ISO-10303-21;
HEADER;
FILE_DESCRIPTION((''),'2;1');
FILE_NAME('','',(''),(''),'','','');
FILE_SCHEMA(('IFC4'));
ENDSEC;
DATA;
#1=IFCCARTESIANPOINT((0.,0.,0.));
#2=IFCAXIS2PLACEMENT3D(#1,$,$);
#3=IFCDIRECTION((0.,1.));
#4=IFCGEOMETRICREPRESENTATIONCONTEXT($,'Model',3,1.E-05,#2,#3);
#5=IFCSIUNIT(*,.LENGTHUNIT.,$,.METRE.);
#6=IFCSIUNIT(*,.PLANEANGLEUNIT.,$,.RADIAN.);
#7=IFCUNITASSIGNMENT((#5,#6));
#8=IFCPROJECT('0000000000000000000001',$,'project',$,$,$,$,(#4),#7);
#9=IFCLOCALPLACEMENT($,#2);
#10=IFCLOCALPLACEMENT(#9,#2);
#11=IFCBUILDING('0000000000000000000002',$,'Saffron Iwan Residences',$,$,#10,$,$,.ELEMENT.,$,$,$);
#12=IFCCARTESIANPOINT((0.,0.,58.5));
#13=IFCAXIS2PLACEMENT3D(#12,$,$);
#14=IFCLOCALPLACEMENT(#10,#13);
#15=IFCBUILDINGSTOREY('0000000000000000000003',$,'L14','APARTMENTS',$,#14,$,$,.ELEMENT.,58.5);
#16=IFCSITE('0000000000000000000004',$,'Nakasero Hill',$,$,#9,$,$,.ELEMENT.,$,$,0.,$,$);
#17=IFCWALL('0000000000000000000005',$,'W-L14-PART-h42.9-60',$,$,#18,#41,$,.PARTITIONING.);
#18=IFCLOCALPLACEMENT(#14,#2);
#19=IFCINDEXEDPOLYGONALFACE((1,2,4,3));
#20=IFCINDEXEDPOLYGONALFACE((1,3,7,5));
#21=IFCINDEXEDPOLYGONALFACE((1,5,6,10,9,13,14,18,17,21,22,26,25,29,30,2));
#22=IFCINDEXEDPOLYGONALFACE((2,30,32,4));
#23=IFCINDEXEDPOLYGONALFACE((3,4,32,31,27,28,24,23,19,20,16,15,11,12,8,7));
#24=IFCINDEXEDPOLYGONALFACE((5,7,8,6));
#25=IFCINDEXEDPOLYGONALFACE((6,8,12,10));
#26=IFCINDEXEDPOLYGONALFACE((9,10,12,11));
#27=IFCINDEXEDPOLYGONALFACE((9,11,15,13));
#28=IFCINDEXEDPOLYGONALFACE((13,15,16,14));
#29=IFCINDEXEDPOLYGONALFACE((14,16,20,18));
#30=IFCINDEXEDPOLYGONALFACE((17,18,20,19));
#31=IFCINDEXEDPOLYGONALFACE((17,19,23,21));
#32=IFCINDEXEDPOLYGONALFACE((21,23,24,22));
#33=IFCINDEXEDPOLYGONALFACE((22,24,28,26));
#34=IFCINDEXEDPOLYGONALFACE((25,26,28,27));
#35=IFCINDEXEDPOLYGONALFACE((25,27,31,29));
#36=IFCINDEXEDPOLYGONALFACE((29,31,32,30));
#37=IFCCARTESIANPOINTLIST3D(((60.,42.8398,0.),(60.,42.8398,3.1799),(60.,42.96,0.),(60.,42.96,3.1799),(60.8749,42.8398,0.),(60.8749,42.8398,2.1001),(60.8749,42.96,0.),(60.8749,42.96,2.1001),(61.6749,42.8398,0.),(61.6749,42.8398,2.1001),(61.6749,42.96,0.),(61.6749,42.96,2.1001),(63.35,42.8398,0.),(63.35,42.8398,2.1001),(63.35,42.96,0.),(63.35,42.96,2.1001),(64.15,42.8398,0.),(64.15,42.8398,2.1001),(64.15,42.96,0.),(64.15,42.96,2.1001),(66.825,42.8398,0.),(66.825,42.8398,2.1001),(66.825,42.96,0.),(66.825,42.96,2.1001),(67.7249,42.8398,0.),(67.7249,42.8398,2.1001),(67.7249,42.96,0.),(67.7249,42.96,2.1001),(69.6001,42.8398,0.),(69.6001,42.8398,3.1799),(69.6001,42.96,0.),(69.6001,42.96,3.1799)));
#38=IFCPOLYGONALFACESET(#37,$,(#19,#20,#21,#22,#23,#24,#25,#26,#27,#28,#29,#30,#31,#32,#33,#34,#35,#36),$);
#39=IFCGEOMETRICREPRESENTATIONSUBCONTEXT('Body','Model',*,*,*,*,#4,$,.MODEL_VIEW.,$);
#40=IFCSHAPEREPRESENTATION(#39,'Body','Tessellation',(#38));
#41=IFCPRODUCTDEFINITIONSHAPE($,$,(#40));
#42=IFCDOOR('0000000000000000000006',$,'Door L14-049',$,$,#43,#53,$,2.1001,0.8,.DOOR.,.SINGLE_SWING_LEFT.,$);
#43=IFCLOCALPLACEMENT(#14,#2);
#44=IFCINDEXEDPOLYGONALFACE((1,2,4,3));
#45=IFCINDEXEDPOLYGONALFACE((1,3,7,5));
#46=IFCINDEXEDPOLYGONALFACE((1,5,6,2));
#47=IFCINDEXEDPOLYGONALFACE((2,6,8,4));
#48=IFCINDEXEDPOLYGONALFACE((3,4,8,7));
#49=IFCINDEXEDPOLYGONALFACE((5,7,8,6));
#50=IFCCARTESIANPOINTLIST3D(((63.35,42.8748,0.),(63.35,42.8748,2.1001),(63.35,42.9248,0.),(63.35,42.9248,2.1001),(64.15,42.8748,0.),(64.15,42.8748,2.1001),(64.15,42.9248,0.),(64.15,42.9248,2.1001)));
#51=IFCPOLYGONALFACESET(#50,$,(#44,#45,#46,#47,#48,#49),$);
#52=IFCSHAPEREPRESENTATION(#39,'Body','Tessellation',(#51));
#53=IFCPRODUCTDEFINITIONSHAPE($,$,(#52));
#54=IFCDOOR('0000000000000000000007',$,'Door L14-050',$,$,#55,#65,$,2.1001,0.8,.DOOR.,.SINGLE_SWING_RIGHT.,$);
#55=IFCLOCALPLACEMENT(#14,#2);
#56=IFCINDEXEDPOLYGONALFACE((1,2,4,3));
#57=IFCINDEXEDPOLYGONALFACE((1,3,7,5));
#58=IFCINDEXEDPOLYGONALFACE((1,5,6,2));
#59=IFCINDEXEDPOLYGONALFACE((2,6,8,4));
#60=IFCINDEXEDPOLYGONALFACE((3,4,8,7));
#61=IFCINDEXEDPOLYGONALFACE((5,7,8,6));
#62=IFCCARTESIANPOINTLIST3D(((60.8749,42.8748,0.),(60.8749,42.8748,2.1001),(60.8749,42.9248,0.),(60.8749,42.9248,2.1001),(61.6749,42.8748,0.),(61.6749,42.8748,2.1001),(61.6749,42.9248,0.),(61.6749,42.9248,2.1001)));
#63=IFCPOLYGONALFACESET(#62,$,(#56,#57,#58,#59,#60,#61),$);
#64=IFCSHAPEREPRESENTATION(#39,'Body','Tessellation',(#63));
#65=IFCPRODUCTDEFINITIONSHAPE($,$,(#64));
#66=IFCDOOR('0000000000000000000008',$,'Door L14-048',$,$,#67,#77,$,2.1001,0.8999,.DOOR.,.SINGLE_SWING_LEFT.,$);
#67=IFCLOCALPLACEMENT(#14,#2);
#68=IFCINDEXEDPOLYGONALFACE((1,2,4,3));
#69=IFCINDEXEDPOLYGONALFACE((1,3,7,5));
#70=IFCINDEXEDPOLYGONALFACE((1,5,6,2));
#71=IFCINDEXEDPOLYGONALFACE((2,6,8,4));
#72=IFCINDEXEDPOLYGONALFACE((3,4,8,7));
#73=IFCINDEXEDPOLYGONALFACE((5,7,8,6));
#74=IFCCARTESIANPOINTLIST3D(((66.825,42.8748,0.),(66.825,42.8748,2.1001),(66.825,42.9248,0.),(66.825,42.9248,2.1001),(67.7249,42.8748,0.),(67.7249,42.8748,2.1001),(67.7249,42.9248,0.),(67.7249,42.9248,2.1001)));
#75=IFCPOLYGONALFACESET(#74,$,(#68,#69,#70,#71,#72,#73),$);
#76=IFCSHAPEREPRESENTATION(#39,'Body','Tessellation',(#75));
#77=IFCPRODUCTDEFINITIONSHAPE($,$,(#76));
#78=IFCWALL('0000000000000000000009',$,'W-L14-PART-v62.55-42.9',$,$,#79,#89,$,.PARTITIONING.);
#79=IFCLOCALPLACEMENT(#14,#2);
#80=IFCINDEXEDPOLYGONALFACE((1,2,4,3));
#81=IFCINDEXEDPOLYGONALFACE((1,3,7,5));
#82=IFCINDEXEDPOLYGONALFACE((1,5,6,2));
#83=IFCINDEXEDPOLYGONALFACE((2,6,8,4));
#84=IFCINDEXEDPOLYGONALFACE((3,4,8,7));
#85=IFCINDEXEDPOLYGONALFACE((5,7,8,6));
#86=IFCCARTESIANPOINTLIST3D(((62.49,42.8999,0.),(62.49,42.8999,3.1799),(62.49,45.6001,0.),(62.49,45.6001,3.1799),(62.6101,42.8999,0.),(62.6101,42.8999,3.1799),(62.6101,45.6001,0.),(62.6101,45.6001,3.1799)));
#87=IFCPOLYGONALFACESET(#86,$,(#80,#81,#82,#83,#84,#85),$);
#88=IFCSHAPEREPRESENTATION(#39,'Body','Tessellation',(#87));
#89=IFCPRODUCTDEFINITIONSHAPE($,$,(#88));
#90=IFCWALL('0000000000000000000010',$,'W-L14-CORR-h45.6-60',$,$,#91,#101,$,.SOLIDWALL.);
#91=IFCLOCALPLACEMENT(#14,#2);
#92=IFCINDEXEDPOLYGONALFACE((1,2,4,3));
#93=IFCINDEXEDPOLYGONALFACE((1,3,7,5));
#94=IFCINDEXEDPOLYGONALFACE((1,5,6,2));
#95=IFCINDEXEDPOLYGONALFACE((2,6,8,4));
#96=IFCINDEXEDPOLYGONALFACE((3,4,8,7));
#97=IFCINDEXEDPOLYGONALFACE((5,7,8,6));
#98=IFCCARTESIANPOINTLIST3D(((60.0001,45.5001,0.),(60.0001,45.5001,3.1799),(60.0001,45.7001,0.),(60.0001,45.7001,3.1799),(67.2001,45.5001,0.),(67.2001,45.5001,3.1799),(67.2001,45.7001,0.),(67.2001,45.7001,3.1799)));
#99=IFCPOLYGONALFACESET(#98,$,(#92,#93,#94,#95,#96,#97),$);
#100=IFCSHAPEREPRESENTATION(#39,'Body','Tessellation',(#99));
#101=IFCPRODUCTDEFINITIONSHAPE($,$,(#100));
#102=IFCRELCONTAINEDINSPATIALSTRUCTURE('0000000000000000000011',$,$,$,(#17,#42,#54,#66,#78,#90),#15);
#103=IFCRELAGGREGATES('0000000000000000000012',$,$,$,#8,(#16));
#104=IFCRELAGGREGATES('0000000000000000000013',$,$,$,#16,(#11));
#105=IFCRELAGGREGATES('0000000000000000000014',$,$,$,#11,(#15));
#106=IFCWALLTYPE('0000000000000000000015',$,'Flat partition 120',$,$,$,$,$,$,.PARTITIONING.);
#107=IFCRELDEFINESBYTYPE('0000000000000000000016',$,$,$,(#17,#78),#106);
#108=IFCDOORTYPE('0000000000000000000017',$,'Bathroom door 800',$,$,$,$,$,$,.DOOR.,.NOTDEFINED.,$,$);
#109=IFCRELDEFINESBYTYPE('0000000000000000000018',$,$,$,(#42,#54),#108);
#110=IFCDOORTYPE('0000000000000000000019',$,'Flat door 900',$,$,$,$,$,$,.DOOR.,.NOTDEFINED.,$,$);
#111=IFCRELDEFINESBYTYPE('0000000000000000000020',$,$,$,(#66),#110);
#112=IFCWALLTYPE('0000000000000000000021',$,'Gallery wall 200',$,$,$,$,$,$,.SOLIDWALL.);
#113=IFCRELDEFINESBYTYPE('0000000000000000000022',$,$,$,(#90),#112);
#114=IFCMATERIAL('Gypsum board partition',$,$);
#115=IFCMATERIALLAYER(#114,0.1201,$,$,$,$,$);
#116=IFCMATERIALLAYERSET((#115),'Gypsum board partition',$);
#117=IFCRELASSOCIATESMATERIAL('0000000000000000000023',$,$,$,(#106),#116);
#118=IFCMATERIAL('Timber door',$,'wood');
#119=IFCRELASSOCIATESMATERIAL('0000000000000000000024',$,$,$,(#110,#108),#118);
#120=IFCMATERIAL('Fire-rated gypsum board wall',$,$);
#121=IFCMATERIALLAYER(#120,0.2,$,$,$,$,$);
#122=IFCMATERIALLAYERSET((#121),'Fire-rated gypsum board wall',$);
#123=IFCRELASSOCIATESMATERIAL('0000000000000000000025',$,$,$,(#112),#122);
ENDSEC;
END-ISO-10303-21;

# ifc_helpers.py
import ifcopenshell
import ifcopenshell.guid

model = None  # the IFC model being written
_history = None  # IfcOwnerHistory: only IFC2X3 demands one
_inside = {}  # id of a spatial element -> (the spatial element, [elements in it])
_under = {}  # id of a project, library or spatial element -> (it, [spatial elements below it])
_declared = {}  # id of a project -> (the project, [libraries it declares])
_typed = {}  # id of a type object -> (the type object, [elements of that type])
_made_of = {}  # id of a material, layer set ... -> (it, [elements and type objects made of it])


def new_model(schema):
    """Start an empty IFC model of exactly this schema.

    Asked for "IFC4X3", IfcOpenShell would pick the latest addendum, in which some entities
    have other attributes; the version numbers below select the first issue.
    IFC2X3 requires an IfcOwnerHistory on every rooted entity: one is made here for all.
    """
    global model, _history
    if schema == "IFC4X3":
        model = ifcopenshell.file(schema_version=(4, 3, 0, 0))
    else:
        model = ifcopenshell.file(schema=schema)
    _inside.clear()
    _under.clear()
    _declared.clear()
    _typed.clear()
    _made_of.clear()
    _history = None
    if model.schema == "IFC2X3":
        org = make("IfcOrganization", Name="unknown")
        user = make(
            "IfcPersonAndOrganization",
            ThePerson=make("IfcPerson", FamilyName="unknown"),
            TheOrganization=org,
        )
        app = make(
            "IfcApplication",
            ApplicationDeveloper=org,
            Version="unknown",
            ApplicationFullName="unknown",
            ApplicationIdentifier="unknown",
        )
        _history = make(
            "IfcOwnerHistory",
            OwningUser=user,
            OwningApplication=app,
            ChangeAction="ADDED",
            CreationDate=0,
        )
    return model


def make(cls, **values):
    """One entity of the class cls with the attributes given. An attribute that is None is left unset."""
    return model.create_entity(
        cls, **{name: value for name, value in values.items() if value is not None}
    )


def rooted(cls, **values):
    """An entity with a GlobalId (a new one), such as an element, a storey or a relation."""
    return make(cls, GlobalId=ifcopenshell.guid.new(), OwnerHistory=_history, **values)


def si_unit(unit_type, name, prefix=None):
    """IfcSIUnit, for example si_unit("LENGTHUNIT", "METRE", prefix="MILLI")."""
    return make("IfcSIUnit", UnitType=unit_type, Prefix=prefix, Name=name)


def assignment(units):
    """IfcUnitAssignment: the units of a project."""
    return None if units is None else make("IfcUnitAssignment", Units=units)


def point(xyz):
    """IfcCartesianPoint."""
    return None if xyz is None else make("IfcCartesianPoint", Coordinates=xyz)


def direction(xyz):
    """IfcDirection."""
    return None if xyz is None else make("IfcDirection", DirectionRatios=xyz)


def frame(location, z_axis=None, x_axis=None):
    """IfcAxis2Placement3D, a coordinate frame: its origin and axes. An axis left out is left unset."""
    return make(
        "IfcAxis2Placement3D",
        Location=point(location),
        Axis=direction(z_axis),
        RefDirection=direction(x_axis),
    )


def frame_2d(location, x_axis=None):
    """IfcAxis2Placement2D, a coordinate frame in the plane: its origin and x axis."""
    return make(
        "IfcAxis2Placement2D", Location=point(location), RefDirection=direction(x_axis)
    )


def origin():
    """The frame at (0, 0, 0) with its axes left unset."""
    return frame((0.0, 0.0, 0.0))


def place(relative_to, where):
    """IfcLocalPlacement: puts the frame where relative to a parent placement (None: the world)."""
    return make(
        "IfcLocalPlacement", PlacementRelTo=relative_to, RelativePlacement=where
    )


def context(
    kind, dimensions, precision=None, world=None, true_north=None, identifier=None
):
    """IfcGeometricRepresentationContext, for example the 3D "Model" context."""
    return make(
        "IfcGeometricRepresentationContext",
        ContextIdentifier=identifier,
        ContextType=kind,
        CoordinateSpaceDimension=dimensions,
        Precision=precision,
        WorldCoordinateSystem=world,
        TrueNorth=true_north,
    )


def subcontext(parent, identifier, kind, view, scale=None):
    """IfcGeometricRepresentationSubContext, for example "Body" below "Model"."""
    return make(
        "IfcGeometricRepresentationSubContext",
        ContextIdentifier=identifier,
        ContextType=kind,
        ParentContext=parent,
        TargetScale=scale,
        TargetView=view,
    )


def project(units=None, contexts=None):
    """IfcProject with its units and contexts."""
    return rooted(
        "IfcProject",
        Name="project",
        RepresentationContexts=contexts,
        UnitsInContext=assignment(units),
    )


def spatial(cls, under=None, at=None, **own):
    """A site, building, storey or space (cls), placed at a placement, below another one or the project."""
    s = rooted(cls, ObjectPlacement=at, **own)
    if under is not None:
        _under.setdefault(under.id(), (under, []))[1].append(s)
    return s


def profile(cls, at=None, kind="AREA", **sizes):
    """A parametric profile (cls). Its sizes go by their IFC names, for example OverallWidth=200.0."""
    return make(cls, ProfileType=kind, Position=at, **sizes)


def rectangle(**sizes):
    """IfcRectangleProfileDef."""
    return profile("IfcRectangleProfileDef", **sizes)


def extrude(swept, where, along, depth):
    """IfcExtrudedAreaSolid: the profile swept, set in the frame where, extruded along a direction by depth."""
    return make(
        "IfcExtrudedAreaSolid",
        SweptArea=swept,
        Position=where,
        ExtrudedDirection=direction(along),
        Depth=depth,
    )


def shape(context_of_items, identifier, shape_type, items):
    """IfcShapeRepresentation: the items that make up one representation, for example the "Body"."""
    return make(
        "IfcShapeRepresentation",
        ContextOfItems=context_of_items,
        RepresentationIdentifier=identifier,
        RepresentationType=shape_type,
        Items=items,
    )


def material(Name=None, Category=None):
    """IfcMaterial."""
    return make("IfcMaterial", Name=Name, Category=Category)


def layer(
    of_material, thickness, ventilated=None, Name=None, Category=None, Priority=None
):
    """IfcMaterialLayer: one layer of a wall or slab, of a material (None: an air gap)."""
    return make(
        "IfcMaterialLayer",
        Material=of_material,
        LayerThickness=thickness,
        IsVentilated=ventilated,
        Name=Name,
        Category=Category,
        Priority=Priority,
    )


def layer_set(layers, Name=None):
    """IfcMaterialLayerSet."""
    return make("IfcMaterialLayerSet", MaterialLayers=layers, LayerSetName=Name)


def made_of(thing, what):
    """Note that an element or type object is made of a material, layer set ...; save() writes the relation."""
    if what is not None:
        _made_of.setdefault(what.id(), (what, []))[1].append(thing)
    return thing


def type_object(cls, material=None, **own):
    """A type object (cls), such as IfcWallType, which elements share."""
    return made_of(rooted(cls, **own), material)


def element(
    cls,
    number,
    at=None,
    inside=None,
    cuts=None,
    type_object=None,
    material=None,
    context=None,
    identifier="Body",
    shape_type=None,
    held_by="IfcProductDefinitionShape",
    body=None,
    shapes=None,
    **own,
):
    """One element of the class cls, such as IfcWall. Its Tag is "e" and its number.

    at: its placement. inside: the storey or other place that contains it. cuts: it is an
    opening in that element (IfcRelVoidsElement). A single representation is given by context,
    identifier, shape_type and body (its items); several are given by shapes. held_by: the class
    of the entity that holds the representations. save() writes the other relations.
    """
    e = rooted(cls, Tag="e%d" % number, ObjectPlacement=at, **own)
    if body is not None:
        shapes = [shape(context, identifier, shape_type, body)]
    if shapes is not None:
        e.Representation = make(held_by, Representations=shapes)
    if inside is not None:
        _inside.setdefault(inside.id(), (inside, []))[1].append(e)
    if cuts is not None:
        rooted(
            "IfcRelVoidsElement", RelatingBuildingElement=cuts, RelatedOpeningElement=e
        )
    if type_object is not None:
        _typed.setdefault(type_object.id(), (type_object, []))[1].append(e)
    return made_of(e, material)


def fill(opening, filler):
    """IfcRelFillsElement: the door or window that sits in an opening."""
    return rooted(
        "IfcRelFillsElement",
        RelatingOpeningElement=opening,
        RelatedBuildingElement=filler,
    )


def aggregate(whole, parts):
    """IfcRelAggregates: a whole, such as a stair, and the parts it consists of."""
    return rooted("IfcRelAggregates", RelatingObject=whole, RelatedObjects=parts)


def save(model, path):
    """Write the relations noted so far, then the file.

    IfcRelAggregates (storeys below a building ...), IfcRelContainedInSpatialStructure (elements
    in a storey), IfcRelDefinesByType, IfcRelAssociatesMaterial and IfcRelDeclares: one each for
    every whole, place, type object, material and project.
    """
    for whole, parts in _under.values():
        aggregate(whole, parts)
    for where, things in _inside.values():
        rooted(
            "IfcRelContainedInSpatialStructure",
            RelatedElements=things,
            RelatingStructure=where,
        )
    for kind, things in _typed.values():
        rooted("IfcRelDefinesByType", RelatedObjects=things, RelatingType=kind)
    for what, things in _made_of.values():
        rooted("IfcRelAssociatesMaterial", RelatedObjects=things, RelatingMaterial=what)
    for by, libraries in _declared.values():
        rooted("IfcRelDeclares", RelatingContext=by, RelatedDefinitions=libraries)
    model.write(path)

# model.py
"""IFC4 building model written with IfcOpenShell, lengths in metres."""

from ifc_helpers import new_model, si_unit, direction, frame, frame_2d, origin, place, context, subcontext, project, spatial, rectangle, extrude, material, layer, layer_set, type_object, element, fill, save


model = new_model("IFC4")

# Units and contexts
model_context = context("Model", 3, precision=1e-05, world=origin(), true_north=direction((0.0, 1.0)))
body_context = subcontext(model_context, "Body", "Model", "MODEL_VIEW")
ifc_project = project(units=[si_unit("LENGTHUNIT", "METRE"), si_unit("PLANEANGLEUNIT", "RADIAN")], contexts=[model_context])

# Site, building, storey
site_placement = place(None, origin())
site = spatial("IfcSite", under=ifc_project, at=site_placement, Name="Nakasero Hill", CompositionType="ELEMENT", RefElevation=0.0)
building_placement = place(site_placement, origin())
building = spatial("IfcBuilding", under=site, at=building_placement, Name="Saffron Iwan Residences", CompositionType="ELEMENT")
storey_placement = place(building_placement, frame((0.0, 0.0, 58.5)))
storey = spatial("IfcBuildingStorey", under=building, at=storey_placement, Name="L14", Description="APARTMENTS", CompositionType="ELEMENT", Elevation=58.5)

# Wall, openings, doors
ifc_material_1 = material(Name="Gypsum board partition")
ifc_layer_1 = layer(ifc_material_1, 0.1201)
ifc_layer_set_1 = layer_set([ifc_layer_1], Name="Gypsum board partition")
wall_type_1 = type_object("IfcWallType", Name="Flat partition 120", PredefinedType="PARTITIONING", material=ifc_layer_set_1)
ifc_material_2 = material(Name="Timber door", Category="wood")
door_type_1 = type_object("IfcDoorType", Name="Flat door 900", OperationType="NOTDEFINED", PredefinedType="DOOR", material=ifc_material_2)
wall_1_placement = place(storey_placement, frame((60.0, 42.8999, 0.0), z_axis=(0.0, 0.0, 1.0), x_axis=(1.0, 0.0, 0.0)))
wall_1 = element("IfcWall", 1, at=wall_1_placement, inside=storey, type_object=wall_type_1, Name="W-L14-PART-h42.9-60", PredefinedType="PARTITIONING", context=body_context, shape_type="SweptSolid", body=[
    extrude(rectangle(XDim=9.6001, YDim=0.1201, at=frame_2d((4.8, 0.0))), origin(), (0.0, 0.0, 1.0), 3.1799),
])
opening_1_placement = place(wall_1_placement, frame((6.825, 0.0, 0.0)))
opening_1 = element("IfcOpeningElement", 2, at=opening_1_placement, cuts=wall_1, PredefinedType="OPENING", context=body_context, shape_type="SweptSolid", body=[
    extrude(rectangle(XDim=0.8999, YDim=2.1001, at=frame_2d((0.45, 1.05))), frame((0.0, 0.0701, 0.0), z_axis=(0.0, -1.0, 0.0), x_axis=(1.0, 0.0, 0.0)), (0.0, 0.0, 1.0), 0.1401),
])
opening_2_placement = place(wall_1_placement, frame((3.3501, 0.0, 0.0)))
opening_2 = element("IfcOpeningElement", 3, at=opening_2_placement, cuts=wall_1, PredefinedType="OPENING", context=body_context, shape_type="SweptSolid", body=[
    extrude(rectangle(XDim=0.8, YDim=2.1001, at=frame_2d((0.3999, 1.05))), frame((0.0, 0.0701, 0.0), z_axis=(0.0, -1.0, 0.0), x_axis=(1.0, 0.0, 0.0)), (0.0, 0.0, 1.0), 0.1401),
])
opening_3_placement = place(wall_1_placement, frame((0.875, 0.0, 0.0)))
opening_3 = element("IfcOpeningElement", 4, at=opening_3_placement, cuts=wall_1, PredefinedType="OPENING", context=body_context, shape_type="SweptSolid", body=[
    extrude(rectangle(XDim=0.8, YDim=2.1001, at=frame_2d((0.3999, 1.05))), frame((0.0, 0.0701, 0.0), z_axis=(0.0, -1.0, 0.0), x_axis=(1.0, 0.0, 0.0)), (0.0, 0.0, 1.0), 0.1401),
])
door_type_2 = type_object("IfcDoorType", Name="Bathroom door 800", OperationType="NOTDEFINED", PredefinedType="DOOR", material=ifc_material_2)
door_1_placement = place(opening_2_placement, origin())
door_1 = element("IfcDoor", 5, at=door_1_placement, inside=storey, type_object=door_type_2, Name="Door L14-049", OperationType="SINGLE_SWING_LEFT", OverallHeight=2.1001, OverallWidth=0.8, PredefinedType="DOOR", context=body_context, shape_type="SweptSolid", body=[
    extrude(rectangle(XDim=0.8, YDim=2.1001, at=frame_2d((0.3999, 1.05))), frame((0.0, 0.0249, 0.0), z_axis=(0.0, -1.0, 0.0), x_axis=(1.0, 0.0, 0.0)), (0.0, 0.0, 1.0), 0.05),
])
fill(opening_2, door_1)
door_2_placement = place(opening_3_placement, origin())
door_2 = element("IfcDoor", 6, at=door_2_placement, inside=storey, type_object=door_type_2, Name="Door L14-050", OperationType="SINGLE_SWING_RIGHT", OverallHeight=2.1001, OverallWidth=0.8, PredefinedType="DOOR", context=body_context, shape_type="SweptSolid", body=[
    extrude(rectangle(XDim=0.8, YDim=2.1001, at=frame_2d((0.3999, 1.05))), frame((0.0, 0.0249, 0.0), z_axis=(0.0, -1.0, 0.0), x_axis=(1.0, 0.0, 0.0)), (0.0, 0.0, 1.0), 0.05),
])
fill(opening_3, door_2)
door_3_placement = place(opening_1_placement, origin())
door_3 = element("IfcDoor", 7, at=door_3_placement, inside=storey, type_object=door_type_1, Name="Door L14-048", OperationType="SINGLE_SWING_LEFT", OverallHeight=2.1001, OverallWidth=0.8999, PredefinedType="DOOR", context=body_context, shape_type="SweptSolid", body=[
    extrude(rectangle(XDim=0.8999, YDim=2.1001, at=frame_2d((0.45, 1.05))), frame((0.0, 0.0249, 0.0), z_axis=(0.0, -1.0, 0.0), x_axis=(1.0, 0.0, 0.0)), (0.0, 0.0, 1.0), 0.05),
])
fill(opening_1, door_3)

# Walls
wall_2_placement = place(storey_placement, frame((62.55, 42.8999, 0.0), z_axis=(0.0, 0.0, 1.0), x_axis=(0.0, 1.0, 0.0)))
element("IfcWall", 8, at=wall_2_placement, inside=storey, type_object=wall_type_1, Name="W-L14-PART-v62.55-42.9", PredefinedType="PARTITIONING", context=body_context, shape_type="SweptSolid", body=[
    extrude(rectangle(XDim=2.7002, YDim=0.1201, at=frame_2d((1.3501, 0.0))), origin(), (0.0, 0.0, 1.0), 3.1799),
])
ifc_material_3 = material(Name="Fire-rated gypsum board wall")
ifc_layer_2 = layer(ifc_material_3, 0.2)
ifc_layer_set_2 = layer_set([ifc_layer_2], Name="Fire-rated gypsum board wall")
wall_type_2 = type_object("IfcWallType", Name="Gallery wall 200", PredefinedType="SOLIDWALL", material=ifc_layer_set_2)
wall_3_placement = place(storey_placement, frame((60.0, 45.6001, 0.0), z_axis=(0.0, 0.0, 1.0), x_axis=(1.0, 0.0, 0.0)))
element("IfcWall", 9, at=wall_3_placement, inside=storey, type_object=wall_type_2, Name="W-L14-CORR-h45.6-60", PredefinedType="SOLIDWALL", context=body_context, shape_type="SweptSolid", body=[
    extrude(rectangle(XDim=7.2, YDim=0.2, at=frame_2d((3.6001, 0.0))), origin(), (0.0, 0.0, 1.0), 3.1799),
])

save(model, "model.ifc")
